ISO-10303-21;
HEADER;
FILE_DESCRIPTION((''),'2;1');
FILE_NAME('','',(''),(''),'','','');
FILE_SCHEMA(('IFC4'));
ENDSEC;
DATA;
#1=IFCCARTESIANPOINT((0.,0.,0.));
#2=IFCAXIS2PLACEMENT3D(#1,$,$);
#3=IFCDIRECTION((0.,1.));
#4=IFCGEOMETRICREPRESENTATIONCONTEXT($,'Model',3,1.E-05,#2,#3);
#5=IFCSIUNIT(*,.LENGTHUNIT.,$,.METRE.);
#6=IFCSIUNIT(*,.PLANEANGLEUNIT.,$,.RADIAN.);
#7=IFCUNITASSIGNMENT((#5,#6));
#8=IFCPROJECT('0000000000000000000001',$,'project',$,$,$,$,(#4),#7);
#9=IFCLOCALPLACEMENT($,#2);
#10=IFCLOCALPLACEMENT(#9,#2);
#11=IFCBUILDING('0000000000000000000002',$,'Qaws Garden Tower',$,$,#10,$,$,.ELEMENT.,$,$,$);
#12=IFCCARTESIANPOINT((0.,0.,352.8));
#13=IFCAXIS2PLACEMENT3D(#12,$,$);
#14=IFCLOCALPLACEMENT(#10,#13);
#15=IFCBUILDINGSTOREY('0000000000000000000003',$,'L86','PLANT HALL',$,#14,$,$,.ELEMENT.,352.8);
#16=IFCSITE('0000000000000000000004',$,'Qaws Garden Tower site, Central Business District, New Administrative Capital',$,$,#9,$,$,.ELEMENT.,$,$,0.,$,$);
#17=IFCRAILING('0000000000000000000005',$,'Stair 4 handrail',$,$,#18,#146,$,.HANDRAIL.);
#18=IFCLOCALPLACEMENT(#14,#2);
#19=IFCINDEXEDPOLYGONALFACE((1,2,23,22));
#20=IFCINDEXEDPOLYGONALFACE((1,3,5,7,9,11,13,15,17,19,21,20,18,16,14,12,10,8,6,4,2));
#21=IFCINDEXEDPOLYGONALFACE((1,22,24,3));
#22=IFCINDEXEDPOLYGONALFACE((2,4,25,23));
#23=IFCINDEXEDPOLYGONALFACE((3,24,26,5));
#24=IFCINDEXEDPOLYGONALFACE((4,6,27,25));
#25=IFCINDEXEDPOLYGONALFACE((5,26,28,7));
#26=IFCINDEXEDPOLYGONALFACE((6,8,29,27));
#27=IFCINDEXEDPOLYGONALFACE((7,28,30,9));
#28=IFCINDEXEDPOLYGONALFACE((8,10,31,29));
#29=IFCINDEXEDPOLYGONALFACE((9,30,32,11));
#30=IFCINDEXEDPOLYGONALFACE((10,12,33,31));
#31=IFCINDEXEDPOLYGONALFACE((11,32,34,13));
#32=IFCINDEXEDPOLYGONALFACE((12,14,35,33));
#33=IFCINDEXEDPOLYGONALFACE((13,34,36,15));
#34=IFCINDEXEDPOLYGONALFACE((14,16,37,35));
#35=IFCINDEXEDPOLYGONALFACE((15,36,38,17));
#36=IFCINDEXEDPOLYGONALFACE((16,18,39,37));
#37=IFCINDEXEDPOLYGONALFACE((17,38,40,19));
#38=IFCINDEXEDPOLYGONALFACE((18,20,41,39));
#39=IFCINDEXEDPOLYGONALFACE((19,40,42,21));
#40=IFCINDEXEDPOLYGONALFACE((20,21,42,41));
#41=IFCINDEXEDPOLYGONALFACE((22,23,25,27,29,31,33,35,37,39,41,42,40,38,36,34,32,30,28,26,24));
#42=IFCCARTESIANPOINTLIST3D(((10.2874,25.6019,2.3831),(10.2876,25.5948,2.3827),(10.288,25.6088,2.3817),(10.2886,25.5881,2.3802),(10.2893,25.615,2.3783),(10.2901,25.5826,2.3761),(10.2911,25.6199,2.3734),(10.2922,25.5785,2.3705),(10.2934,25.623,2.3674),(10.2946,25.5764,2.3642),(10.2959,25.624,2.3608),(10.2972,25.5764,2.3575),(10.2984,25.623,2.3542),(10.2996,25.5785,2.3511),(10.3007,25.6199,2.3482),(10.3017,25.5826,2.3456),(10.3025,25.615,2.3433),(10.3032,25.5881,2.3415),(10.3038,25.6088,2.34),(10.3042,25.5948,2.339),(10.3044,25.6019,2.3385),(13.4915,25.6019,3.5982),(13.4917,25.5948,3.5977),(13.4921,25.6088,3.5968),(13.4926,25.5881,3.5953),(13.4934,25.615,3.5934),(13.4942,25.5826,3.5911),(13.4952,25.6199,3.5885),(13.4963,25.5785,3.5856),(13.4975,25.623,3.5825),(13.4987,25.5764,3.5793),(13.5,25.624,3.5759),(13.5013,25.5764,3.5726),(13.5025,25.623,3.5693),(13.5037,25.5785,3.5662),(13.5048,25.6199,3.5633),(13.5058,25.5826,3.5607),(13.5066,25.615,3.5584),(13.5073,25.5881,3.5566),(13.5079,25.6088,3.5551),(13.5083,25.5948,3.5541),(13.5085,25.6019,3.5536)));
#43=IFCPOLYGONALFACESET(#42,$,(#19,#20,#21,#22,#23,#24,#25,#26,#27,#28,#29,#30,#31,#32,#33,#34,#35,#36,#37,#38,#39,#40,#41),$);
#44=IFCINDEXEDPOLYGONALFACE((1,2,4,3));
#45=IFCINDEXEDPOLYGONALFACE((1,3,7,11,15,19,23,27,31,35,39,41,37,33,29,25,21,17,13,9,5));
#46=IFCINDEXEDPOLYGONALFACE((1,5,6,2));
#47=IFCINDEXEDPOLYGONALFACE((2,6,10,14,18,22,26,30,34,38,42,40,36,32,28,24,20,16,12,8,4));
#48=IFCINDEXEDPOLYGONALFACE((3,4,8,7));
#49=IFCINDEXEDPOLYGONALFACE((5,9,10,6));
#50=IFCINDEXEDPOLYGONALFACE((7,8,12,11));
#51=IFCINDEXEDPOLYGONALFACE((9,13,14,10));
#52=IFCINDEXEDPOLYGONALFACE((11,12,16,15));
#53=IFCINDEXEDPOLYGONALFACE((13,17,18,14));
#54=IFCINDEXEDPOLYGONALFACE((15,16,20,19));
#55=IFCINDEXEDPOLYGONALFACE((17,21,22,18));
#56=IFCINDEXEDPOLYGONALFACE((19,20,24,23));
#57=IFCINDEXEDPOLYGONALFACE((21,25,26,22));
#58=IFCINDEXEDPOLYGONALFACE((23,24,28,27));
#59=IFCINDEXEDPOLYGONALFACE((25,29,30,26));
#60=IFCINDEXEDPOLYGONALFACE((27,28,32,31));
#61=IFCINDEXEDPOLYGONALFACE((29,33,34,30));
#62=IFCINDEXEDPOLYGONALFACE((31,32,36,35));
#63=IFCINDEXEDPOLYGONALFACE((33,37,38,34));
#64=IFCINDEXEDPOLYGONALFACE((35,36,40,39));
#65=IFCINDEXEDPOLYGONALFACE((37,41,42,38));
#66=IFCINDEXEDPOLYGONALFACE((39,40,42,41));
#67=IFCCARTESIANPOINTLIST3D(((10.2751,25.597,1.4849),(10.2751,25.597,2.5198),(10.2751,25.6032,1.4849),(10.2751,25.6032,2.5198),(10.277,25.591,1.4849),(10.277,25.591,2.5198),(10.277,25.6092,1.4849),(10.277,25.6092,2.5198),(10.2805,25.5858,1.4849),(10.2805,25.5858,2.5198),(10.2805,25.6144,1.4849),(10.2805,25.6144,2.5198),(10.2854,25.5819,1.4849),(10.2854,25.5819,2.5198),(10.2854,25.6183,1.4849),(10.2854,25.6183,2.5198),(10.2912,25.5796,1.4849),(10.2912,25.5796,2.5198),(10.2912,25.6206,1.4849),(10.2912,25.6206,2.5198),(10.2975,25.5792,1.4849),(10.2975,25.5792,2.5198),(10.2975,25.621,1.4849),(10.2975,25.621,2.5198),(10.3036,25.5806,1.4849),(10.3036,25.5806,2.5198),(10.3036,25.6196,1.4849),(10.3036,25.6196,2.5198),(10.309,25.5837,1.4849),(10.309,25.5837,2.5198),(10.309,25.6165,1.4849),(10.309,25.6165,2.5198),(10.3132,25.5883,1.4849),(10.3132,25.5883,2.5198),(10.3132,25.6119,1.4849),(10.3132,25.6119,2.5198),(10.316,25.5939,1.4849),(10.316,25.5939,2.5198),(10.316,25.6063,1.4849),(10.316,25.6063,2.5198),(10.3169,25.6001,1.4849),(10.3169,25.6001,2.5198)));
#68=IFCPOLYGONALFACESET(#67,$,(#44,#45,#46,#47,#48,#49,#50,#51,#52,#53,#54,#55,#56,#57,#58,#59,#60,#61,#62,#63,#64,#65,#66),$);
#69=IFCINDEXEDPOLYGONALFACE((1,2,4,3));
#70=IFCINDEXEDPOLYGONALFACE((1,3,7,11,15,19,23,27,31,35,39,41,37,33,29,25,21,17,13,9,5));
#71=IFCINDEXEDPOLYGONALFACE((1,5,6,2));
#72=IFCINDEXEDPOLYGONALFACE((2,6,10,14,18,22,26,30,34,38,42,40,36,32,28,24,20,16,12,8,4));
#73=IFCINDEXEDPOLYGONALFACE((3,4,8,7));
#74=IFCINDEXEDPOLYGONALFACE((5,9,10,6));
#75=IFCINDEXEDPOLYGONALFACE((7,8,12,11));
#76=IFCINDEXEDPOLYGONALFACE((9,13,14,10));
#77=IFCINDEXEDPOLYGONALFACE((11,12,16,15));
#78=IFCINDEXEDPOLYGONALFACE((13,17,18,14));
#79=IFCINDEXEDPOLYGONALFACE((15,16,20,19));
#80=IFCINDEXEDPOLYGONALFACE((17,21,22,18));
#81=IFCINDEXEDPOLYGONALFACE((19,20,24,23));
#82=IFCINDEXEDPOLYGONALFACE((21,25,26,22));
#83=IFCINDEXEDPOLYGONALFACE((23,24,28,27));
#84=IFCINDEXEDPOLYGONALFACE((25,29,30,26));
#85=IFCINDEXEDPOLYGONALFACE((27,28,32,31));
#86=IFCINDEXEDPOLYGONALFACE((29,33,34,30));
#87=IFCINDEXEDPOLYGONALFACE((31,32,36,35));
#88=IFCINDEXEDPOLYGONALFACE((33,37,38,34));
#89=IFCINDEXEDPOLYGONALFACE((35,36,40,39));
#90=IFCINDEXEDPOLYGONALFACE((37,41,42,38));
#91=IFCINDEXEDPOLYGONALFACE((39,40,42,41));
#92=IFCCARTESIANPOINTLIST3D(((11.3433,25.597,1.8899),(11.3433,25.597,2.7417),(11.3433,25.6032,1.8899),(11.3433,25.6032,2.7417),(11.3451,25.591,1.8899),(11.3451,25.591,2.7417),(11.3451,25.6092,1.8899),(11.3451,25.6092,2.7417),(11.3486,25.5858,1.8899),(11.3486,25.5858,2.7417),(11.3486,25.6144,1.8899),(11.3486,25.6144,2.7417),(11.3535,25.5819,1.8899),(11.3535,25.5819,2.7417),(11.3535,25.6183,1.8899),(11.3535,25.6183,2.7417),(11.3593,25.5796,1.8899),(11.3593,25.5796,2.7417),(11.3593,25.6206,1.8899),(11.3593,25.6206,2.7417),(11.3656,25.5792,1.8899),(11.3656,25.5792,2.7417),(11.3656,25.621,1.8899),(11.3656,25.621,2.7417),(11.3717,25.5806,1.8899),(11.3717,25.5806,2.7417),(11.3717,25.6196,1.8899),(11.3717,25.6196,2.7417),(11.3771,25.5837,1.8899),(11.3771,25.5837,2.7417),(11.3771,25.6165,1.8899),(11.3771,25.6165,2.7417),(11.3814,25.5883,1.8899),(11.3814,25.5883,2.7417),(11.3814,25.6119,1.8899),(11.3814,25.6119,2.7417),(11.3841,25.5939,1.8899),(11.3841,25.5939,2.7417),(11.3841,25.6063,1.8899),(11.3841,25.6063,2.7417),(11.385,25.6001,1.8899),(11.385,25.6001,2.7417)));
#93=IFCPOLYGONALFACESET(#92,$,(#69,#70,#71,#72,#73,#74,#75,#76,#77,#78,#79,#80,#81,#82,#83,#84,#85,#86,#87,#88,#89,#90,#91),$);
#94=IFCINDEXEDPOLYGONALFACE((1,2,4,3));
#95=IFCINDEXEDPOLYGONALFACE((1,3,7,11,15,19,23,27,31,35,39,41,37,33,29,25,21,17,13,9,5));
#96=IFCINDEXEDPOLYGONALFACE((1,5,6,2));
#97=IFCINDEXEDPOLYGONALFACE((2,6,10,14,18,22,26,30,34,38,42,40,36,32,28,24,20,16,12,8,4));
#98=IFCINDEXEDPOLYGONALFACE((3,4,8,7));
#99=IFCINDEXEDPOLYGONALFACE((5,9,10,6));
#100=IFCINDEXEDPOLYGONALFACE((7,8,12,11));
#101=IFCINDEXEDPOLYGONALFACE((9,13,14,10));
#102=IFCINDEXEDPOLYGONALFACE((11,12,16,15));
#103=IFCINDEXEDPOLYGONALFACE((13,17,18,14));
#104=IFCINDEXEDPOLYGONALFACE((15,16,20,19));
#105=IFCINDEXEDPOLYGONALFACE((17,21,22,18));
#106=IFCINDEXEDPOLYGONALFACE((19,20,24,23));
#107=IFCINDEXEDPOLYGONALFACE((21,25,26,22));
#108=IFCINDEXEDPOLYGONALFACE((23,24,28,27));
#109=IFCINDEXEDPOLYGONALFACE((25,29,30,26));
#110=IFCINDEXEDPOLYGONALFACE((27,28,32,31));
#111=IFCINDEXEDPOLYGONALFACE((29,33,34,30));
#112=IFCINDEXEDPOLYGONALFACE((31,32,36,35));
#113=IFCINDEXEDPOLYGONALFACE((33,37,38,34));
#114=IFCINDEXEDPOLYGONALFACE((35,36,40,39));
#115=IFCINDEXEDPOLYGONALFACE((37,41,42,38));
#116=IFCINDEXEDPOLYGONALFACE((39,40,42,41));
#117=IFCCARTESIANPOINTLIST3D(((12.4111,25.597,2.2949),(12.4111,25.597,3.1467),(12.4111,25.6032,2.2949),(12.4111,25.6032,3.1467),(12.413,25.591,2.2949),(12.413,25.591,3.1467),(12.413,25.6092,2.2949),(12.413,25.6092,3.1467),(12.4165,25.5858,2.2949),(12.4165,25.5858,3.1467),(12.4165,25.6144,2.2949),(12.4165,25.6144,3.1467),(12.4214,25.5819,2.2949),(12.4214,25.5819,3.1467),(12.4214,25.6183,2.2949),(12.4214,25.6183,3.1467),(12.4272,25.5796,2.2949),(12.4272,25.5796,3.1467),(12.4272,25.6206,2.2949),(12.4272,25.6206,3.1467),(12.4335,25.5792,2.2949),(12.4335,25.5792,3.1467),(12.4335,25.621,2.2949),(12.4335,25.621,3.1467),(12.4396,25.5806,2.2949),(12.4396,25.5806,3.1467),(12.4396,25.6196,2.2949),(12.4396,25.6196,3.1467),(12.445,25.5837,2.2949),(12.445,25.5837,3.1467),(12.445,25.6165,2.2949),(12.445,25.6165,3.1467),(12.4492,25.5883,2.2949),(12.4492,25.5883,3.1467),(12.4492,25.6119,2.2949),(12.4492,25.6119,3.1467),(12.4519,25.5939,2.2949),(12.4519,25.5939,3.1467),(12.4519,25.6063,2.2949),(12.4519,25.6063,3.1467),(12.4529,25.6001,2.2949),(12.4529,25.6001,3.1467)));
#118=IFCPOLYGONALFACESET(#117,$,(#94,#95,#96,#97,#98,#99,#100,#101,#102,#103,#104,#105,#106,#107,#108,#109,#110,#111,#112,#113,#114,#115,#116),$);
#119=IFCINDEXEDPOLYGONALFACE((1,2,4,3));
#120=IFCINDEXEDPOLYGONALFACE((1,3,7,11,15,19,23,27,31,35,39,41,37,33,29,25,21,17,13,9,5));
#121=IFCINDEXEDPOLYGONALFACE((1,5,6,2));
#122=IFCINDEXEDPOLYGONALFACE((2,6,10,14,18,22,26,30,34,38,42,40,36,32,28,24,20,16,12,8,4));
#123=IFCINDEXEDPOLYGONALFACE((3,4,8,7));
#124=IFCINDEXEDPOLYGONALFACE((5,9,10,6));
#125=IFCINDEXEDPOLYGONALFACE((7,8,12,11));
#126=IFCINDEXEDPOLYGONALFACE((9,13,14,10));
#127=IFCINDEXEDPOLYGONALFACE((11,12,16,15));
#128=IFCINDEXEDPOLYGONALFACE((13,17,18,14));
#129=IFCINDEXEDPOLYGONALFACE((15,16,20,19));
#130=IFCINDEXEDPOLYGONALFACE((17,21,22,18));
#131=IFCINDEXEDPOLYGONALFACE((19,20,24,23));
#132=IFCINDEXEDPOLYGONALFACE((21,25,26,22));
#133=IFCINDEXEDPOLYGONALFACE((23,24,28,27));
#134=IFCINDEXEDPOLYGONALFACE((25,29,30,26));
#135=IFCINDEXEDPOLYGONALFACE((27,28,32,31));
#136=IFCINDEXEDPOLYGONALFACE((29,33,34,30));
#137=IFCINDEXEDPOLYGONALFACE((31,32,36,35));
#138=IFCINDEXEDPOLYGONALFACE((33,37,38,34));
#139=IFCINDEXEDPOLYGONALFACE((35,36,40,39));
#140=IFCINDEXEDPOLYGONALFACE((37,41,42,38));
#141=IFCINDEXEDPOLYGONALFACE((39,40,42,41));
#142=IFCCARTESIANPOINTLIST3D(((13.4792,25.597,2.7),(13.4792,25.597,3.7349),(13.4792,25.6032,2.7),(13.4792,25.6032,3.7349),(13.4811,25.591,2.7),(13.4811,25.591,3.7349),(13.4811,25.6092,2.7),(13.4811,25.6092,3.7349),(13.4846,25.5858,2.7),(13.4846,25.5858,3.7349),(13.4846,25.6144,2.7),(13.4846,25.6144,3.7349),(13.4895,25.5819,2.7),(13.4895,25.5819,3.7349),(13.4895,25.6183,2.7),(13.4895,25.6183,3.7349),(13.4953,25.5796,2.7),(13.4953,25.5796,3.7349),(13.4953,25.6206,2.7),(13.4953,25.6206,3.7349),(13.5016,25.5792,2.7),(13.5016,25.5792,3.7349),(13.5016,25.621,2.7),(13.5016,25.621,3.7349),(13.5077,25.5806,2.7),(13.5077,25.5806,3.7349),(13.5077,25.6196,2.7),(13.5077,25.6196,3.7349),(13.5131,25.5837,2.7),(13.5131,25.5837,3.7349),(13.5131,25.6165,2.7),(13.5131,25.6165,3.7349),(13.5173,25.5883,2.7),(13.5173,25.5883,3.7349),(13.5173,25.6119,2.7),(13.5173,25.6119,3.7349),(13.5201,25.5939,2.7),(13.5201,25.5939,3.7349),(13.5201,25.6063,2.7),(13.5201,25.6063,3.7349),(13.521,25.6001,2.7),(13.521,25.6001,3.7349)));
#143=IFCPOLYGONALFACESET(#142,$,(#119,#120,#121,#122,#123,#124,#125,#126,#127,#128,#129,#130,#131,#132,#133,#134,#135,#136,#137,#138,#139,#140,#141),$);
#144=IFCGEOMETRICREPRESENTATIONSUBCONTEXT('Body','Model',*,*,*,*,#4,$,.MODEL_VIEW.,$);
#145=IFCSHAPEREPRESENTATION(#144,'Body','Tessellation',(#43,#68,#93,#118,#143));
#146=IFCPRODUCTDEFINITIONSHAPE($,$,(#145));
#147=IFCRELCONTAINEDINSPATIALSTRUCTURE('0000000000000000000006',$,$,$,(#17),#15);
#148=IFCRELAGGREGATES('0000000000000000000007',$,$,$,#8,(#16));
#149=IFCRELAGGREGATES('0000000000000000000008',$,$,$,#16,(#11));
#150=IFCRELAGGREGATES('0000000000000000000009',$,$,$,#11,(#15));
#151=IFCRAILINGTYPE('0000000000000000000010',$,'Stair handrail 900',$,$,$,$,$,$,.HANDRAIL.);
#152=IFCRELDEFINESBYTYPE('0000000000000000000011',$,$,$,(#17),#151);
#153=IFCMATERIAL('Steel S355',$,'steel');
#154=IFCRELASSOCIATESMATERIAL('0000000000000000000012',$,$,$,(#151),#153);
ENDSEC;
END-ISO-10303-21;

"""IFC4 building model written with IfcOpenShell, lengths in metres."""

from ifc_helpers import new_model, si_unit, direction, frame, origin, origin_2d, place, context, subcontext, project, spatial, circle, extrude, material, type_object, element, save


model = new_model("IFC4")

# Units and contexts
model_context = context("Model", 3, precision=1e-05, world=origin(), true_north=direction((0.0, 1.0)))
body_context = subcontext(model_context, "Body", "Model", "MODEL_VIEW")
ifc_project = project(units=[si_unit("LENGTHUNIT", "METRE"), si_unit("PLANEANGLEUNIT", "RADIAN")], contexts=[model_context])

# Site, building, storey
site_placement = place(None, origin())
site = spatial("IfcSite", under=ifc_project, at=site_placement, Name="Qaws Garden Tower site, Central Business District, New Administrative Capital", CompositionType="ELEMENT", RefElevation=0.0)
building_placement = place(site_placement, origin())
building = spatial("IfcBuilding", under=site, at=building_placement, Name="Qaws Garden Tower", CompositionType="ELEMENT")
storey_placement = place(building_placement, frame((0.0, 0.0, 352.8)))
storey = spatial("IfcBuildingStorey", under=building, at=storey_placement, Name="L86", Description="PLANT HALL", CompositionType="ELEMENT", Elevation=352.8)

# Railing
ifc_material_1 = material(Name="Steel S355", Category="steel")
railing_type = type_object("IfcRailingType", Name="Stair handrail 900", PredefinedType="HANDRAIL", material=ifc_material_1)
railing_1_placement = place(storey_placement, frame((10.2959, 25.6001, 1.4849)))
element("IfcRailing", 1, at=railing_1_placement, inside=storey, type_object=railing_type, Name="Stair 4 handrail", PredefinedType="HANDRAIL", context=body_context, shape_type="SweptSolid", body=[
    extrude(circle(Radius=0.0239, at=origin_2d()), frame((0.0, 0.0, 0.876), z_axis=(0.935023, 0.0, 0.354588), x_axis=(0.0, 1.0, 0.0)), (0.0, 0.0, 1.0), 3.4268),
    extrude(circle(Radius=0.021, at=origin_2d()), origin(), (0.0, 0.0, 1.0), 1.0349),
    extrude(circle(Radius=0.021, at=origin_2d()), frame((1.0681, 0.0, 0.405)), (0.0, 0.0, 1.0), 0.8518),
    extrude(circle(Radius=0.021, at=origin_2d()), frame((2.136, 0.0, 0.8101)), (0.0, 0.0, 1.0), 0.8518),
    extrude(circle(Radius=0.021, at=origin_2d()), frame((3.2041, 0.0, 1.2151)), (0.0, 0.0, 1.0), 1.0349),
])

save(model, "model.ifc")
